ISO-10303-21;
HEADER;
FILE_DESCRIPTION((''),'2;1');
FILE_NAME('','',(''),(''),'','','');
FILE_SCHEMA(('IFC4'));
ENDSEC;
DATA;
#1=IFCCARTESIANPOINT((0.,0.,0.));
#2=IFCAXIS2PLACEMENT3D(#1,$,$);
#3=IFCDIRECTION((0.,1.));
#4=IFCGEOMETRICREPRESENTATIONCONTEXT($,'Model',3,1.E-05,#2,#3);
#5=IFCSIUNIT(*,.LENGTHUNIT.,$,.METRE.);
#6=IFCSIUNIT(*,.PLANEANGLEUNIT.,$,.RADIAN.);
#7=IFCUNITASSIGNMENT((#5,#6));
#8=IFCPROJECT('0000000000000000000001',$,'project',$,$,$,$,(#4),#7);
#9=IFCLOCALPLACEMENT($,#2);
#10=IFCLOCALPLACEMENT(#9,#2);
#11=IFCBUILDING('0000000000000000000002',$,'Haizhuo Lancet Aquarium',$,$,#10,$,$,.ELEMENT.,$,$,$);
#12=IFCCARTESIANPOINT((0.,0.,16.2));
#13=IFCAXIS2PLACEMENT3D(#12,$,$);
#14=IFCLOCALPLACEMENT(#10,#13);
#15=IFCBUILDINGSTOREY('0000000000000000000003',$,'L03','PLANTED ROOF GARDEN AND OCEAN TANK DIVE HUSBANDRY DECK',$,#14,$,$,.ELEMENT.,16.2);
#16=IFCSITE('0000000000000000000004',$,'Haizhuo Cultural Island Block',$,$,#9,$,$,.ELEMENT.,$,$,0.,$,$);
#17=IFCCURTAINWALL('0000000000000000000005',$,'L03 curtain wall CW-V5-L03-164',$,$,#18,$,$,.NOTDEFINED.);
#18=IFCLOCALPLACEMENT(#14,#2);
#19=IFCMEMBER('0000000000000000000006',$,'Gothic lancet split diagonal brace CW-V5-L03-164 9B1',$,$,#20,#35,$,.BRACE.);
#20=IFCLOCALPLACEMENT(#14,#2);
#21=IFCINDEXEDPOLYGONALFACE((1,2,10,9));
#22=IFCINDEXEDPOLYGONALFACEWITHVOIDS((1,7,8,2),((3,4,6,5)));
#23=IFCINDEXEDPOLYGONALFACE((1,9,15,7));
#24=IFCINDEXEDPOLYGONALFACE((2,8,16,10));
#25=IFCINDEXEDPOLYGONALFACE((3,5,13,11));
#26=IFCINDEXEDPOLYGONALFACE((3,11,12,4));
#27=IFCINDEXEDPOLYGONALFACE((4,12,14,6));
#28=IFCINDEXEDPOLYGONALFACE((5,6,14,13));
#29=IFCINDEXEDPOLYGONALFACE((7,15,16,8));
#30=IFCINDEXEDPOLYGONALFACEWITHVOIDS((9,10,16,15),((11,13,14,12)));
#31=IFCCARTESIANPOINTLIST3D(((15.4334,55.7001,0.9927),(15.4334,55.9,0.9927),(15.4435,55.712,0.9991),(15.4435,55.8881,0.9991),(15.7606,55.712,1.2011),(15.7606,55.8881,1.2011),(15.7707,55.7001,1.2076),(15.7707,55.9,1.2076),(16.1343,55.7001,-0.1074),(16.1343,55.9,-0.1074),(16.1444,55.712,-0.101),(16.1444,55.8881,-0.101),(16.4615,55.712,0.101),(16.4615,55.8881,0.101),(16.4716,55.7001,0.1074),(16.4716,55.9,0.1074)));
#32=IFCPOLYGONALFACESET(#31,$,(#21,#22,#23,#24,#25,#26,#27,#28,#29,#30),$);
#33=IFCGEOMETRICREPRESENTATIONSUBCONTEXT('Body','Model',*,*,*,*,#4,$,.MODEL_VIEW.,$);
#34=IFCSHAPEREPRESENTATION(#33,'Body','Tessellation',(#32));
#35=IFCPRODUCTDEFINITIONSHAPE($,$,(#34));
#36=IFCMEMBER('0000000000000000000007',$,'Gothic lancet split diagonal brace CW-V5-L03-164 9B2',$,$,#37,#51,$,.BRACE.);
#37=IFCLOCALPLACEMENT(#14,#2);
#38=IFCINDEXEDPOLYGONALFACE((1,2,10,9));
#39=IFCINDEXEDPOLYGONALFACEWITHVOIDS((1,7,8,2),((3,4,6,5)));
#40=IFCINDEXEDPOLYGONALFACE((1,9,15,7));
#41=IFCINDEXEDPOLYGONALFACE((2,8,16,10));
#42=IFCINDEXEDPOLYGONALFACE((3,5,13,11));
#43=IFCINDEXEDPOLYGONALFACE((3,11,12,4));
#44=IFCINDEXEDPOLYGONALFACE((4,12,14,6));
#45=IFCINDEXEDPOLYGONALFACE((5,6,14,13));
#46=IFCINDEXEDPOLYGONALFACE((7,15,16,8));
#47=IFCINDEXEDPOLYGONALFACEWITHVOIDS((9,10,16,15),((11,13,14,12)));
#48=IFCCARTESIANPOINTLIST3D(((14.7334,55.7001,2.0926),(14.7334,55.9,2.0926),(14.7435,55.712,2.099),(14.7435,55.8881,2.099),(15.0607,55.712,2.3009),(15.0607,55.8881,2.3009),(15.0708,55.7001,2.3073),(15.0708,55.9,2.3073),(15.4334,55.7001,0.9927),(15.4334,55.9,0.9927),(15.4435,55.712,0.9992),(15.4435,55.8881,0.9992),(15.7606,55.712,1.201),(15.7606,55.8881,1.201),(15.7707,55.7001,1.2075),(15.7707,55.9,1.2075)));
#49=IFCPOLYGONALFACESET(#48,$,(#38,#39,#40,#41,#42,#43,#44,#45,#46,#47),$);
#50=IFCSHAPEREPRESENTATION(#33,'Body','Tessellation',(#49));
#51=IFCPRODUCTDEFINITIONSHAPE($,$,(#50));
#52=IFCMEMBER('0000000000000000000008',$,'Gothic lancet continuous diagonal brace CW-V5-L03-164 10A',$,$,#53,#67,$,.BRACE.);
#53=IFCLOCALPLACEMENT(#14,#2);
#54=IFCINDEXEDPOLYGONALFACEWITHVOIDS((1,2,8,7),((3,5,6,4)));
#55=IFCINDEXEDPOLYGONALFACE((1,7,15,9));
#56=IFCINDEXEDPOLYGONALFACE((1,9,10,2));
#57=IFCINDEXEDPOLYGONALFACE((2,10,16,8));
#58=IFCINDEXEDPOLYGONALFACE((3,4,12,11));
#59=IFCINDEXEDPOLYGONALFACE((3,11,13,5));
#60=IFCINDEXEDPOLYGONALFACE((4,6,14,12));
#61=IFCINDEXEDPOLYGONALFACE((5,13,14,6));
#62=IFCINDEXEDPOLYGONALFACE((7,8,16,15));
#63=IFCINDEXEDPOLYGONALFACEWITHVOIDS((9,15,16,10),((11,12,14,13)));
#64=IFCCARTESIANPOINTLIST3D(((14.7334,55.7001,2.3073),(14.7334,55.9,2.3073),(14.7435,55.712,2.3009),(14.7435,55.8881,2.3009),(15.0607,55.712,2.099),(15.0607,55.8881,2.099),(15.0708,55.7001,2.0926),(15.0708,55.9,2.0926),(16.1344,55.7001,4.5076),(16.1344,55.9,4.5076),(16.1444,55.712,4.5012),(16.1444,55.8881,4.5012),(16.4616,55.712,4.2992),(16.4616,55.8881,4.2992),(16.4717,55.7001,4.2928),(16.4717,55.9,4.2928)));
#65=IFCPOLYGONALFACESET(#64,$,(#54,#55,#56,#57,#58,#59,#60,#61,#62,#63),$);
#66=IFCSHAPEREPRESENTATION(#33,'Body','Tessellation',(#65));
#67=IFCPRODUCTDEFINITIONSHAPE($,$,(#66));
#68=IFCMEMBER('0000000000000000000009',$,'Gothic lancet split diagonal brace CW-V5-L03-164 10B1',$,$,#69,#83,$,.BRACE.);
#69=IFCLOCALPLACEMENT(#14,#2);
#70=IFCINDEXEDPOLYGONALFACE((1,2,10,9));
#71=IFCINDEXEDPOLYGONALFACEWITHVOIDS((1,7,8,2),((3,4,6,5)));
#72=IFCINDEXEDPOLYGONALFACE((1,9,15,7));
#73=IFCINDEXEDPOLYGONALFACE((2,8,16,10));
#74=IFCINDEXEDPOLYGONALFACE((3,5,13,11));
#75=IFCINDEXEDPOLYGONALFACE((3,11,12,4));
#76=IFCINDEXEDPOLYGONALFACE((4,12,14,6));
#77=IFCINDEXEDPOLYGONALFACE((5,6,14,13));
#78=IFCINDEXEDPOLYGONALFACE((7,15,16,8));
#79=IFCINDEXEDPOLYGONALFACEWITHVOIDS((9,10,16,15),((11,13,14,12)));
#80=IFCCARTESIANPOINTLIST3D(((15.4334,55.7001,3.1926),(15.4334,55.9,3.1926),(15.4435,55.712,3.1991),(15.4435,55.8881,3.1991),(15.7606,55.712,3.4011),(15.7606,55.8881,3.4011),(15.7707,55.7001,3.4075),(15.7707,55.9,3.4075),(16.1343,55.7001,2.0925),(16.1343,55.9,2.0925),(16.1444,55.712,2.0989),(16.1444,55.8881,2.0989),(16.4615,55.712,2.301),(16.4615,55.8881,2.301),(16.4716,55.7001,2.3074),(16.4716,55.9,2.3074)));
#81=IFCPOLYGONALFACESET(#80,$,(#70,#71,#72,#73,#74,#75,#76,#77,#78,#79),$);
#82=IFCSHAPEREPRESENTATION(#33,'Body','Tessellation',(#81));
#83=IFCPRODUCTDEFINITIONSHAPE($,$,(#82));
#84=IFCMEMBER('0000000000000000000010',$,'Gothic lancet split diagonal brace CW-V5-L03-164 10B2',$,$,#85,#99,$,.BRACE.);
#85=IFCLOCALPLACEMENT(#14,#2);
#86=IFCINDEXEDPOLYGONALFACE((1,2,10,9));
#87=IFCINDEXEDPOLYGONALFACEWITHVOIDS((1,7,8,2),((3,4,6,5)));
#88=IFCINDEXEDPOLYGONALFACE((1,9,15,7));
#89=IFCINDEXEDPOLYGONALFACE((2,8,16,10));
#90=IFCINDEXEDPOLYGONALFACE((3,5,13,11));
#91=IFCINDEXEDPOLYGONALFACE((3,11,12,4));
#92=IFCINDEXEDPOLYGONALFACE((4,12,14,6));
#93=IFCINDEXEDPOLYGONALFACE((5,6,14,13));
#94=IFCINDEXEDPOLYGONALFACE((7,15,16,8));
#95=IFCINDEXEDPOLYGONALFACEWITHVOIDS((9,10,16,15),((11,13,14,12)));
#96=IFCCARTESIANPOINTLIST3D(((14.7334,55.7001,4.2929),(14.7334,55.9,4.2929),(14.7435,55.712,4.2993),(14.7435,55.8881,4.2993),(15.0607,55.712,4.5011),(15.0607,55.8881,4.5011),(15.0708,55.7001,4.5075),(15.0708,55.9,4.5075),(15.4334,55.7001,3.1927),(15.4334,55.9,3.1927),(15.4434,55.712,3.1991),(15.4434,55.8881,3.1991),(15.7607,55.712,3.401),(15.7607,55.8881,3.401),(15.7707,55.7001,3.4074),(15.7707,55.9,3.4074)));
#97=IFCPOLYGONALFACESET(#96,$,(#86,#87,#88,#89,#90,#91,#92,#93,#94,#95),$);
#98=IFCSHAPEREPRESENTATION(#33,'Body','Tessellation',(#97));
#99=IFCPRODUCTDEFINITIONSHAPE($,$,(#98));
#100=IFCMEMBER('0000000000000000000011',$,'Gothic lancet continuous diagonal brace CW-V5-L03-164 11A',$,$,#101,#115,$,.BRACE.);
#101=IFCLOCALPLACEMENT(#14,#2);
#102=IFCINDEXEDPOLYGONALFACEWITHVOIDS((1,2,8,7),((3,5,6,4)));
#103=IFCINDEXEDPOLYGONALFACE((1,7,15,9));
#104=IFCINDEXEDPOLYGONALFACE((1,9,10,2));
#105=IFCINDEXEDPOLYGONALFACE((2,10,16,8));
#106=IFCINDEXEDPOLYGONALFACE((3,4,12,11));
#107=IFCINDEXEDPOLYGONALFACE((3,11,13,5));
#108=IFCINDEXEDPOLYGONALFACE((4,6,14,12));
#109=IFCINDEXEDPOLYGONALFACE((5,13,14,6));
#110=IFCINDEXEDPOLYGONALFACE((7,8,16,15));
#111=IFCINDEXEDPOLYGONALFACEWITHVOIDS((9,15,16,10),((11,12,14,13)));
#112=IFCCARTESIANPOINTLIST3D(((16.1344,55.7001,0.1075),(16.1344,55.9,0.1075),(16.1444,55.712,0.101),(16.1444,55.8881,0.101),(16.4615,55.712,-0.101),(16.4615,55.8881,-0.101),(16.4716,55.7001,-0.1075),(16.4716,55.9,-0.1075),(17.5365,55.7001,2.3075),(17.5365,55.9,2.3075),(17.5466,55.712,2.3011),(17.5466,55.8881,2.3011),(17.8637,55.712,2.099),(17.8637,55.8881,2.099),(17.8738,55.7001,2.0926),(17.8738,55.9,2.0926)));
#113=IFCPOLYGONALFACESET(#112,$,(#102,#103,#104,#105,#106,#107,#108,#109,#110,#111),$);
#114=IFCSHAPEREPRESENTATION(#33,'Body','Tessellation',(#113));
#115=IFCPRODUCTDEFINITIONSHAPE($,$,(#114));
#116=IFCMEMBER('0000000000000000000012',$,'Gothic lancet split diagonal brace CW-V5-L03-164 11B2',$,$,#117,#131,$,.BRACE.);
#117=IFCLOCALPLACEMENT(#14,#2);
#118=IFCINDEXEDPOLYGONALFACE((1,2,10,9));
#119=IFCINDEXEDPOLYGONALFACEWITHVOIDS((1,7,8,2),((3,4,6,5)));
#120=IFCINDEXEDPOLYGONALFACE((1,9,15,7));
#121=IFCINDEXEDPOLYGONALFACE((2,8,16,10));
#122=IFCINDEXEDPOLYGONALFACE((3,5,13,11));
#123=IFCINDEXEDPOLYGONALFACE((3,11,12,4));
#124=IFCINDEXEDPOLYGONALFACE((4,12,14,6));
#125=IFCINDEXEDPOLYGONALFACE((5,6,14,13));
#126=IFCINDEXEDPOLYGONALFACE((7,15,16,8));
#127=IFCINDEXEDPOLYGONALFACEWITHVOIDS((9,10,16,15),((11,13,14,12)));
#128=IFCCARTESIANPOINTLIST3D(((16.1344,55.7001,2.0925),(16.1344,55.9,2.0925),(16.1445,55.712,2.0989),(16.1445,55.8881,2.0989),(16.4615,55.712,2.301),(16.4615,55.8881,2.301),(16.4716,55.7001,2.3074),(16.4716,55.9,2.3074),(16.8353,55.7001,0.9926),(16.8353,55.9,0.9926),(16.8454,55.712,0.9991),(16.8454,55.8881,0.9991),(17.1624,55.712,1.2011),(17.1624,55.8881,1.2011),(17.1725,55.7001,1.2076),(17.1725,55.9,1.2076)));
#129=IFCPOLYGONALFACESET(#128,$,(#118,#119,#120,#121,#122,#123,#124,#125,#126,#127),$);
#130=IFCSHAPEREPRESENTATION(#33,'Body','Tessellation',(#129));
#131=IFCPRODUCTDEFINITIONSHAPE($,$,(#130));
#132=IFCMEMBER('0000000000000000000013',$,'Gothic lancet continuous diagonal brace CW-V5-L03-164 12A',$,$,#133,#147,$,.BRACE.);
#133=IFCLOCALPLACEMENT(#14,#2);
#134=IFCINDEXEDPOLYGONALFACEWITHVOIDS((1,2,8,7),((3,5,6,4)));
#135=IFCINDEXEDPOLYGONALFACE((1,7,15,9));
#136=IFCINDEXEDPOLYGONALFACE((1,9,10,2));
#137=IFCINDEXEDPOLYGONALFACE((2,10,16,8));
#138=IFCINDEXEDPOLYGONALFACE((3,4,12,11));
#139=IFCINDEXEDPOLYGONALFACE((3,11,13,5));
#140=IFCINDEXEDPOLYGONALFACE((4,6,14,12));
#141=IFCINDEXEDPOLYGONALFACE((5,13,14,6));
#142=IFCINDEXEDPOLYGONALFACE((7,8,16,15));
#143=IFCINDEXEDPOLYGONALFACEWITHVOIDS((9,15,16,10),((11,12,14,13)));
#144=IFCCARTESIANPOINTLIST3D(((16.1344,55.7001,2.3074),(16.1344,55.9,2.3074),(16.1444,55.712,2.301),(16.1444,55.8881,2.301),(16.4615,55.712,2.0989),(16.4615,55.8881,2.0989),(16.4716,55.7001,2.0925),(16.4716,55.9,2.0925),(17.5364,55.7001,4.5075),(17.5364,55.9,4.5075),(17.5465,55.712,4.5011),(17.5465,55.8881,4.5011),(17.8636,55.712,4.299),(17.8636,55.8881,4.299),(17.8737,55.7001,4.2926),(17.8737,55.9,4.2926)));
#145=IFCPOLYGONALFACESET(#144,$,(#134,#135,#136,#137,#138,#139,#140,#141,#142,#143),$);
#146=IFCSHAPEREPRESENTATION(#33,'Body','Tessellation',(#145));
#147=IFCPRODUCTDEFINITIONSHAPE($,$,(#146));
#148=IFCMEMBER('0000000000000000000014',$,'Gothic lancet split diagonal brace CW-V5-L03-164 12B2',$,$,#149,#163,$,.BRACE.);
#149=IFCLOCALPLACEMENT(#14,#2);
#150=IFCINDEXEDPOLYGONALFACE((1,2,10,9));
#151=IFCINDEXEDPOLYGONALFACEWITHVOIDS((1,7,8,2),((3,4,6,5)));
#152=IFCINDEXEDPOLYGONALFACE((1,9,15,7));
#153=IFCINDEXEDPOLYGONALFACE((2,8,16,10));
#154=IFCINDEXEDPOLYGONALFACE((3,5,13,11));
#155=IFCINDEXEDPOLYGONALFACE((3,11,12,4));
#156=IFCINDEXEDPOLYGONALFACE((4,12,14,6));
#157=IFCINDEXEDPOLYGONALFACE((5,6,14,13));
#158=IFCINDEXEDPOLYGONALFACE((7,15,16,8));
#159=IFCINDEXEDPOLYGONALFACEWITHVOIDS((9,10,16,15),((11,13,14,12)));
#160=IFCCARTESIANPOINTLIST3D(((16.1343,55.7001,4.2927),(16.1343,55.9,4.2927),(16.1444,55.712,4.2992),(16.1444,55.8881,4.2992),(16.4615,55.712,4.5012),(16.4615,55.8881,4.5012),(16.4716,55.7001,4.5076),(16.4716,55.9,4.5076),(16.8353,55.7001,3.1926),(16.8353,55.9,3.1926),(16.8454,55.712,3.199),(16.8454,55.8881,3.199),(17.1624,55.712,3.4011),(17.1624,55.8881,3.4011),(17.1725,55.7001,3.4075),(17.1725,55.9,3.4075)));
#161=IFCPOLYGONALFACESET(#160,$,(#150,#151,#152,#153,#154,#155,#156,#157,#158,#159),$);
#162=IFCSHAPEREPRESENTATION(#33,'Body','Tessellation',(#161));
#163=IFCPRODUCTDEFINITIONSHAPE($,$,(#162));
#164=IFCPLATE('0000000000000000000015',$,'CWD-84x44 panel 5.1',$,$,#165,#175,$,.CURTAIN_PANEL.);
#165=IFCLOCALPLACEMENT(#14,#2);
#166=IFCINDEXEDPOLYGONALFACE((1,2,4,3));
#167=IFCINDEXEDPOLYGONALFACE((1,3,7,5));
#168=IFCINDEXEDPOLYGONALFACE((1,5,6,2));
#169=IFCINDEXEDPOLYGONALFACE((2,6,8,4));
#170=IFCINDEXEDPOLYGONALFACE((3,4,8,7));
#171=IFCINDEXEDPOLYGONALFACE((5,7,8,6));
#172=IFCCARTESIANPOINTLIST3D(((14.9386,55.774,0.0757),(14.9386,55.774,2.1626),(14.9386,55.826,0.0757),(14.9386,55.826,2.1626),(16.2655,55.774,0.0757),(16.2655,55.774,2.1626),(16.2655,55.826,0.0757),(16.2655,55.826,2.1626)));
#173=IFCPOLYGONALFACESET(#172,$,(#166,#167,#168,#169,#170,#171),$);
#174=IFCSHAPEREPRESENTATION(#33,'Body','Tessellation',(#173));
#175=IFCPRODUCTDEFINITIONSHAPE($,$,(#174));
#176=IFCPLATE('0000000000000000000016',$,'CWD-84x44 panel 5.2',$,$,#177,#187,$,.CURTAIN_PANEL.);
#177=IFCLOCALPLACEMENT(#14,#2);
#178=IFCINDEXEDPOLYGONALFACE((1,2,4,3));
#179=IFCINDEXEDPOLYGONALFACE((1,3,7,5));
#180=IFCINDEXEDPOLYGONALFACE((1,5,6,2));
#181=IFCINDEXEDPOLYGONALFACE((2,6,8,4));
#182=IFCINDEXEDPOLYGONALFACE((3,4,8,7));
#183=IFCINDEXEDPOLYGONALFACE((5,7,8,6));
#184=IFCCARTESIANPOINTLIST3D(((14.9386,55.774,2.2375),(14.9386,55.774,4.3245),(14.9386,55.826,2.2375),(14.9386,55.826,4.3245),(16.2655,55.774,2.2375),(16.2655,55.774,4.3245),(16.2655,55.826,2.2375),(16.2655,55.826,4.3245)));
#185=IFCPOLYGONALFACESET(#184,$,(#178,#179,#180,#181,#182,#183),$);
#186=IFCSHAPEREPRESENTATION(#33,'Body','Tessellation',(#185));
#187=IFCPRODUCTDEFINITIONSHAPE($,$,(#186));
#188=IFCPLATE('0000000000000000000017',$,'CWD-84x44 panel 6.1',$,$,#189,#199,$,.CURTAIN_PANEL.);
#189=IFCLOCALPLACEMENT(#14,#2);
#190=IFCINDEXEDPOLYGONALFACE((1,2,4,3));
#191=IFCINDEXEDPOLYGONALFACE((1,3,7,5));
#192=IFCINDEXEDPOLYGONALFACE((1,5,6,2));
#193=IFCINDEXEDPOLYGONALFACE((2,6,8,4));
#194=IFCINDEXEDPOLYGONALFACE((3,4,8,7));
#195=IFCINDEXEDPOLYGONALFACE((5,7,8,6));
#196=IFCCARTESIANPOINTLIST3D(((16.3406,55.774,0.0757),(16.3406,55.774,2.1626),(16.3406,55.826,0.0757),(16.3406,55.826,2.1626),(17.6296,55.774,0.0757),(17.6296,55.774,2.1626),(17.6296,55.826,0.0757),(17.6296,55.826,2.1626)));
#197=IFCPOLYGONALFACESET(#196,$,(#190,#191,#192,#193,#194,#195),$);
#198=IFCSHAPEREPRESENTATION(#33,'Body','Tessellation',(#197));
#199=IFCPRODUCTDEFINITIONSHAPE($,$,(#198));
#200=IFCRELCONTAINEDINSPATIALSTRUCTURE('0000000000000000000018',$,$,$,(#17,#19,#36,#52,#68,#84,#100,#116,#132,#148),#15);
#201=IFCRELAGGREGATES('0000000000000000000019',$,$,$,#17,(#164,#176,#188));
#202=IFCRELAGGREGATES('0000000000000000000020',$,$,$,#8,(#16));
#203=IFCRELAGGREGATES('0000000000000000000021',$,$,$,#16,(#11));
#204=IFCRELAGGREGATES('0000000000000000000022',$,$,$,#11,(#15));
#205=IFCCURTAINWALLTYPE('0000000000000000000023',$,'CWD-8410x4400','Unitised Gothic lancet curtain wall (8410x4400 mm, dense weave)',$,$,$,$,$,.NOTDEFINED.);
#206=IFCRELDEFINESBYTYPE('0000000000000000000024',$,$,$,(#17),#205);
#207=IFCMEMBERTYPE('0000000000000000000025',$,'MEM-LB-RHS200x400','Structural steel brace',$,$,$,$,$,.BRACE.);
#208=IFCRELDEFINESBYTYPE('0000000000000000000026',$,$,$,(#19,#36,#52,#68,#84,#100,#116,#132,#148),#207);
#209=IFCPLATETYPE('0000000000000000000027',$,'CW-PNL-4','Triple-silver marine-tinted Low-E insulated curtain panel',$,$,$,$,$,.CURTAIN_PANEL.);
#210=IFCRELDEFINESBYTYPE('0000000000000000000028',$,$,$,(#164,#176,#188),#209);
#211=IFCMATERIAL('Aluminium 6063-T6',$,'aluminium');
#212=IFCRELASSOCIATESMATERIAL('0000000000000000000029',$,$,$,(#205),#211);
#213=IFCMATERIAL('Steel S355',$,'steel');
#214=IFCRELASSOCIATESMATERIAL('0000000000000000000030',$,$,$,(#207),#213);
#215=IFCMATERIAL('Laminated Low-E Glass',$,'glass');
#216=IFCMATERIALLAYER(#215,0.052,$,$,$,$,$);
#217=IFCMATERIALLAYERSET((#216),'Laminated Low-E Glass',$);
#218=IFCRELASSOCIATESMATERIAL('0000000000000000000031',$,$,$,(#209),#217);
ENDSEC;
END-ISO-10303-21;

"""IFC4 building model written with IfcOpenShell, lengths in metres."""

from ifc_helpers import new_model, si_unit, direction, frame, origin, origin_2d, place, context, subcontext, project, spatial, rectangle, hollow_rectangle, extrude, material, layer, layer_set, material_profile, profile_set, type_object, element, aggregate, save


model = new_model("IFC4")

# Units and contexts
model_context = context("Model", 3, precision=1e-05, world=origin(), true_north=direction((0.0, 1.0)))
body_context = subcontext(model_context, "Body", "Model", "MODEL_VIEW")
ifc_project = project(units=[si_unit("LENGTHUNIT", "METRE"), si_unit("PLANEANGLEUNIT", "RADIAN")], contexts=[model_context])

# Site, building, storey
site_placement = place(None, origin())
site = spatial("IfcSite", under=ifc_project, at=site_placement, Name="Haizhuo Cultural Island Block", CompositionType="ELEMENT", RefElevation=0.0)
building_placement = place(site_placement, origin())
building = spatial("IfcBuilding", under=site, at=building_placement, Name="Haizhuo Lancet Aquarium", CompositionType="ELEMENT")
storey_placement = place(building_placement, frame((0.0, 0.0, 16.2)))
storey = spatial("IfcBuildingStorey", under=building, at=storey_placement, Name="L03", Description="PLANTED ROOF GARDEN AND OCEAN TANK DIVE HUSBANDRY DECK", CompositionType="ELEMENT", Elevation=16.2)

# Curtain wall
ifc_material_1 = material(Name="Aluminium 6063-T6", Category="aluminium")
curtain_wall_type = type_object("IfcCurtainWallType", Name="CWD-8410x4400", Description="Unitised Gothic lancet curtain wall (8410x4400 mm, dense weave)", PredefinedType="NOTDEFINED", material=ifc_material_1)
curtain_wall_placement = place(storey_placement, origin())
curtain_wall = element("IfcCurtainWall", 1, at=curtain_wall_placement, inside=storey, type_object=curtain_wall_type, Name="L03 curtain wall CW-V5-L03-164", PredefinedType="NOTDEFINED")

# Members
ifc_material_2 = material(Name="Steel S355", Category="steel")
ifc_material_profile_1 = material_profile(ifc_material_2, hollow_rectangle(XDim=0.2, YDim=0.3999, WallThickness=0.012, at=origin_2d()), Name="RHS 200x400x12")
ifc_profile_set_1 = profile_set([ifc_material_profile_1], Name="Steel S355")
member_type_1 = type_object("IfcMemberType", Name="MEM-LB-RHS200x400", Description="Structural steel brace", PredefinedType="BRACE", material=ifc_profile_set_1)
member_1_placement = place(storey_placement, frame((16.303, 55.8, 0.0), z_axis=(-0.537348, 0.0, 0.843361), x_axis=(0.0, -1.0, 0.0)))
element("IfcMember", 2, at=member_1_placement, inside=storey, type_object=member_type_1, Name="Gothic lancet split diagonal brace CW-V5-L03-164 9B1", PredefinedType="BRACE", context=body_context, shape_type="SweptSolid", body=[
    extrude(hollow_rectangle(XDim=0.2, YDim=0.3999, WallThickness=0.012, at=origin_2d()), origin(), (0.0, 0.0, 1.0), 1.3044),
])
member_2_placement = place(storey_placement, frame((15.6021, 55.8, 1.1001), z_axis=(-0.5369, 0.0, 0.843646), x_axis=(0.0, -1.0, 0.0)))
element("IfcMember", 3, at=member_2_placement, inside=storey, type_object=member_type_1, Name="Gothic lancet split diagonal brace CW-V5-L03-164 9B2", PredefinedType="BRACE", context=body_context, shape_type="SweptSolid", body=[
    extrude(hollow_rectangle(XDim=0.2, YDim=0.3999, WallThickness=0.012, at=origin_2d()), origin(), (0.0, 0.0, 1.0), 1.3037),
])
member_3_placement = place(storey_placement, frame((14.9021, 55.8, 2.2), z_axis=(0.537081, 0.0, 0.84353), x_axis=(0.0, 1.0, 0.0)))
element("IfcMember", 4, at=member_3_placement, inside=storey, type_object=member_type_1, Name="Gothic lancet continuous diagonal brace CW-V5-L03-164 10A", PredefinedType="BRACE", context=body_context, shape_type="SweptSolid", body=[
    extrude(hollow_rectangle(XDim=0.2, YDim=0.3999, WallThickness=0.012, at=origin_2d()), origin(), (0.0, 0.0, 1.0), 2.6084),
])
member_4_placement = place(storey_placement, frame((16.303, 55.8, 2.2), z_axis=(-0.537348, 0.0, 0.843361), x_axis=(0.0, -1.0, 0.0)))
element("IfcMember", 5, at=member_4_placement, inside=storey, type_object=member_type_1, Name="Gothic lancet split diagonal brace CW-V5-L03-164 10B1", PredefinedType="BRACE", context=body_context, shape_type="SweptSolid", body=[
    extrude(hollow_rectangle(XDim=0.2, YDim=0.3999, WallThickness=0.012, at=origin_2d()), origin(), (0.0, 0.0, 1.0), 1.3044),
])
member_5_placement = place(storey_placement, frame((15.6021, 55.8, 3.3), z_axis=(-0.536815, 0.0, 0.8437), x_axis=(0.0, -1.0, 0.0)))
element("IfcMember", 6, at=member_5_placement, inside=storey, type_object=member_type_1, Name="Gothic lancet split diagonal brace CW-V5-L03-164 10B2", PredefinedType="BRACE", context=body_context, shape_type="SweptSolid", body=[
    extrude(hollow_rectangle(XDim=0.2, YDim=0.3999, WallThickness=0.012, at=origin_2d()), origin(), (0.0, 0.0, 1.0), 1.304),
])
member_6_placement = place(storey_placement, frame((16.303, 55.8, 0.0), z_axis=(0.537457, 0.0, 0.843291), x_axis=(0.0, 1.0, 0.0)))
element("IfcMember", 7, at=member_6_placement, inside=storey, type_object=member_type_1, Name="Gothic lancet continuous diagonal brace CW-V5-L03-164 11A", PredefinedType="BRACE", context=body_context, shape_type="SweptSolid", body=[
    extrude(hollow_rectangle(XDim=0.2, YDim=0.3999, WallThickness=0.012, at=origin_2d()), origin(), (0.0, 0.0, 1.0), 2.6089),
])
member_7_placement = place(storey_placement, frame((17.0039, 55.8, 1.1001), z_axis=(-0.537433, 0.0, 0.843307), x_axis=(0.0, -1.0, 0.0)))
element("IfcMember", 8, at=member_7_placement, inside=storey, type_object=member_type_1, Name="Gothic lancet split diagonal brace CW-V5-L03-164 11B2", PredefinedType="BRACE", context=body_context, shape_type="SweptSolid", body=[
    extrude(hollow_rectangle(XDim=0.2, YDim=0.3999, WallThickness=0.012, at=origin_2d()), origin(), (0.0, 0.0, 1.0), 1.3042),
])
member_8_placement = place(storey_placement, frame((16.303, 55.8, 2.2), z_axis=(0.537414, 0.0, 0.843318), x_axis=(0.0, 1.0, 0.0)))
element("IfcMember", 9, at=member_8_placement, inside=storey, type_object=member_type_1, Name="Gothic lancet continuous diagonal brace CW-V5-L03-164 12A", PredefinedType="BRACE", context=body_context, shape_type="SweptSolid", body=[
    extrude(hollow_rectangle(XDim=0.2, YDim=0.3999, WallThickness=0.012, at=origin_2d()), origin(), (0.0, 0.0, 1.0), 2.6089),
])
member_9_placement = place(storey_placement, frame((17.0039, 55.8, 3.3), z_axis=(-0.537348, 0.0, 0.843361), x_axis=(0.0, -1.0, 0.0)))
element("IfcMember", 10, at=member_9_placement, inside=storey, type_object=member_type_1, Name="Gothic lancet split diagonal brace CW-V5-L03-164 12B2", PredefinedType="BRACE", context=body_context, shape_type="SweptSolid", body=[
    extrude(hollow_rectangle(XDim=0.2, YDim=0.3999, WallThickness=0.012, at=origin_2d()), origin(), (0.0, 0.0, 1.0), 1.3044),
])

# Plates
ifc_material_3 = material(Name="Laminated Low-E Glass", Category="glass")
ifc_layer = layer(ifc_material_3, 0.052)
ifc_layer_set = layer_set([ifc_layer], Name="Laminated Low-E Glass")
plate_type = type_object("IfcPlateType", Name="CW-PNL-4", Description="Triple-silver marine-tinted Low-E insulated curtain panel", PredefinedType="CURTAIN_PANEL", material=ifc_layer_set)
plate_1_placement = place(storey_placement, frame((15.6021, 55.8, 0.0757), z_axis=(0.0, 0.0, 1.0), x_axis=(1.0, 0.0, 0.0)))
plate_1 = element("IfcPlate", 11, at=plate_1_placement, type_object=plate_type, Name="CWD-84x44 panel 5.1", PredefinedType="CURTAIN_PANEL", context=body_context, shape_type="SweptSolid", body=[
    extrude(rectangle(XDim=1.3269, YDim=0.052, at=origin_2d()), origin(), (0.0, 0.0, 1.0), 2.0869),
])
plate_2_placement = place(storey_placement, frame((15.6021, 55.8, 2.2375), z_axis=(0.0, 0.0, 1.0), x_axis=(1.0, 0.0, 0.0)))
plate_2 = element("IfcPlate", 12, at=plate_2_placement, type_object=plate_type, Name="CWD-84x44 panel 5.2", PredefinedType="CURTAIN_PANEL", context=body_context, shape_type="SweptSolid", body=[
    extrude(rectangle(XDim=1.3269, YDim=0.052, at=origin_2d()), origin(), (0.0, 0.0, 1.0), 2.0869),
])
plate_3_placement = place(storey_placement, frame((16.9851, 55.8, 0.0757), z_axis=(0.0, 0.0, 1.0), x_axis=(1.0, 0.0, 0.0)))
plate_3 = element("IfcPlate", 13, at=plate_3_placement, type_object=plate_type, Name="CWD-84x44 panel 6.1", PredefinedType="CURTAIN_PANEL", context=body_context, shape_type="SweptSolid", body=[
    extrude(rectangle(XDim=1.2891, YDim=0.052, at=origin_2d()), origin(), (0.0, 0.0, 1.0), 2.0869),
])
aggregate(curtain_wall, [plate_1, plate_2, plate_3])

save(model, "model.ifc")
